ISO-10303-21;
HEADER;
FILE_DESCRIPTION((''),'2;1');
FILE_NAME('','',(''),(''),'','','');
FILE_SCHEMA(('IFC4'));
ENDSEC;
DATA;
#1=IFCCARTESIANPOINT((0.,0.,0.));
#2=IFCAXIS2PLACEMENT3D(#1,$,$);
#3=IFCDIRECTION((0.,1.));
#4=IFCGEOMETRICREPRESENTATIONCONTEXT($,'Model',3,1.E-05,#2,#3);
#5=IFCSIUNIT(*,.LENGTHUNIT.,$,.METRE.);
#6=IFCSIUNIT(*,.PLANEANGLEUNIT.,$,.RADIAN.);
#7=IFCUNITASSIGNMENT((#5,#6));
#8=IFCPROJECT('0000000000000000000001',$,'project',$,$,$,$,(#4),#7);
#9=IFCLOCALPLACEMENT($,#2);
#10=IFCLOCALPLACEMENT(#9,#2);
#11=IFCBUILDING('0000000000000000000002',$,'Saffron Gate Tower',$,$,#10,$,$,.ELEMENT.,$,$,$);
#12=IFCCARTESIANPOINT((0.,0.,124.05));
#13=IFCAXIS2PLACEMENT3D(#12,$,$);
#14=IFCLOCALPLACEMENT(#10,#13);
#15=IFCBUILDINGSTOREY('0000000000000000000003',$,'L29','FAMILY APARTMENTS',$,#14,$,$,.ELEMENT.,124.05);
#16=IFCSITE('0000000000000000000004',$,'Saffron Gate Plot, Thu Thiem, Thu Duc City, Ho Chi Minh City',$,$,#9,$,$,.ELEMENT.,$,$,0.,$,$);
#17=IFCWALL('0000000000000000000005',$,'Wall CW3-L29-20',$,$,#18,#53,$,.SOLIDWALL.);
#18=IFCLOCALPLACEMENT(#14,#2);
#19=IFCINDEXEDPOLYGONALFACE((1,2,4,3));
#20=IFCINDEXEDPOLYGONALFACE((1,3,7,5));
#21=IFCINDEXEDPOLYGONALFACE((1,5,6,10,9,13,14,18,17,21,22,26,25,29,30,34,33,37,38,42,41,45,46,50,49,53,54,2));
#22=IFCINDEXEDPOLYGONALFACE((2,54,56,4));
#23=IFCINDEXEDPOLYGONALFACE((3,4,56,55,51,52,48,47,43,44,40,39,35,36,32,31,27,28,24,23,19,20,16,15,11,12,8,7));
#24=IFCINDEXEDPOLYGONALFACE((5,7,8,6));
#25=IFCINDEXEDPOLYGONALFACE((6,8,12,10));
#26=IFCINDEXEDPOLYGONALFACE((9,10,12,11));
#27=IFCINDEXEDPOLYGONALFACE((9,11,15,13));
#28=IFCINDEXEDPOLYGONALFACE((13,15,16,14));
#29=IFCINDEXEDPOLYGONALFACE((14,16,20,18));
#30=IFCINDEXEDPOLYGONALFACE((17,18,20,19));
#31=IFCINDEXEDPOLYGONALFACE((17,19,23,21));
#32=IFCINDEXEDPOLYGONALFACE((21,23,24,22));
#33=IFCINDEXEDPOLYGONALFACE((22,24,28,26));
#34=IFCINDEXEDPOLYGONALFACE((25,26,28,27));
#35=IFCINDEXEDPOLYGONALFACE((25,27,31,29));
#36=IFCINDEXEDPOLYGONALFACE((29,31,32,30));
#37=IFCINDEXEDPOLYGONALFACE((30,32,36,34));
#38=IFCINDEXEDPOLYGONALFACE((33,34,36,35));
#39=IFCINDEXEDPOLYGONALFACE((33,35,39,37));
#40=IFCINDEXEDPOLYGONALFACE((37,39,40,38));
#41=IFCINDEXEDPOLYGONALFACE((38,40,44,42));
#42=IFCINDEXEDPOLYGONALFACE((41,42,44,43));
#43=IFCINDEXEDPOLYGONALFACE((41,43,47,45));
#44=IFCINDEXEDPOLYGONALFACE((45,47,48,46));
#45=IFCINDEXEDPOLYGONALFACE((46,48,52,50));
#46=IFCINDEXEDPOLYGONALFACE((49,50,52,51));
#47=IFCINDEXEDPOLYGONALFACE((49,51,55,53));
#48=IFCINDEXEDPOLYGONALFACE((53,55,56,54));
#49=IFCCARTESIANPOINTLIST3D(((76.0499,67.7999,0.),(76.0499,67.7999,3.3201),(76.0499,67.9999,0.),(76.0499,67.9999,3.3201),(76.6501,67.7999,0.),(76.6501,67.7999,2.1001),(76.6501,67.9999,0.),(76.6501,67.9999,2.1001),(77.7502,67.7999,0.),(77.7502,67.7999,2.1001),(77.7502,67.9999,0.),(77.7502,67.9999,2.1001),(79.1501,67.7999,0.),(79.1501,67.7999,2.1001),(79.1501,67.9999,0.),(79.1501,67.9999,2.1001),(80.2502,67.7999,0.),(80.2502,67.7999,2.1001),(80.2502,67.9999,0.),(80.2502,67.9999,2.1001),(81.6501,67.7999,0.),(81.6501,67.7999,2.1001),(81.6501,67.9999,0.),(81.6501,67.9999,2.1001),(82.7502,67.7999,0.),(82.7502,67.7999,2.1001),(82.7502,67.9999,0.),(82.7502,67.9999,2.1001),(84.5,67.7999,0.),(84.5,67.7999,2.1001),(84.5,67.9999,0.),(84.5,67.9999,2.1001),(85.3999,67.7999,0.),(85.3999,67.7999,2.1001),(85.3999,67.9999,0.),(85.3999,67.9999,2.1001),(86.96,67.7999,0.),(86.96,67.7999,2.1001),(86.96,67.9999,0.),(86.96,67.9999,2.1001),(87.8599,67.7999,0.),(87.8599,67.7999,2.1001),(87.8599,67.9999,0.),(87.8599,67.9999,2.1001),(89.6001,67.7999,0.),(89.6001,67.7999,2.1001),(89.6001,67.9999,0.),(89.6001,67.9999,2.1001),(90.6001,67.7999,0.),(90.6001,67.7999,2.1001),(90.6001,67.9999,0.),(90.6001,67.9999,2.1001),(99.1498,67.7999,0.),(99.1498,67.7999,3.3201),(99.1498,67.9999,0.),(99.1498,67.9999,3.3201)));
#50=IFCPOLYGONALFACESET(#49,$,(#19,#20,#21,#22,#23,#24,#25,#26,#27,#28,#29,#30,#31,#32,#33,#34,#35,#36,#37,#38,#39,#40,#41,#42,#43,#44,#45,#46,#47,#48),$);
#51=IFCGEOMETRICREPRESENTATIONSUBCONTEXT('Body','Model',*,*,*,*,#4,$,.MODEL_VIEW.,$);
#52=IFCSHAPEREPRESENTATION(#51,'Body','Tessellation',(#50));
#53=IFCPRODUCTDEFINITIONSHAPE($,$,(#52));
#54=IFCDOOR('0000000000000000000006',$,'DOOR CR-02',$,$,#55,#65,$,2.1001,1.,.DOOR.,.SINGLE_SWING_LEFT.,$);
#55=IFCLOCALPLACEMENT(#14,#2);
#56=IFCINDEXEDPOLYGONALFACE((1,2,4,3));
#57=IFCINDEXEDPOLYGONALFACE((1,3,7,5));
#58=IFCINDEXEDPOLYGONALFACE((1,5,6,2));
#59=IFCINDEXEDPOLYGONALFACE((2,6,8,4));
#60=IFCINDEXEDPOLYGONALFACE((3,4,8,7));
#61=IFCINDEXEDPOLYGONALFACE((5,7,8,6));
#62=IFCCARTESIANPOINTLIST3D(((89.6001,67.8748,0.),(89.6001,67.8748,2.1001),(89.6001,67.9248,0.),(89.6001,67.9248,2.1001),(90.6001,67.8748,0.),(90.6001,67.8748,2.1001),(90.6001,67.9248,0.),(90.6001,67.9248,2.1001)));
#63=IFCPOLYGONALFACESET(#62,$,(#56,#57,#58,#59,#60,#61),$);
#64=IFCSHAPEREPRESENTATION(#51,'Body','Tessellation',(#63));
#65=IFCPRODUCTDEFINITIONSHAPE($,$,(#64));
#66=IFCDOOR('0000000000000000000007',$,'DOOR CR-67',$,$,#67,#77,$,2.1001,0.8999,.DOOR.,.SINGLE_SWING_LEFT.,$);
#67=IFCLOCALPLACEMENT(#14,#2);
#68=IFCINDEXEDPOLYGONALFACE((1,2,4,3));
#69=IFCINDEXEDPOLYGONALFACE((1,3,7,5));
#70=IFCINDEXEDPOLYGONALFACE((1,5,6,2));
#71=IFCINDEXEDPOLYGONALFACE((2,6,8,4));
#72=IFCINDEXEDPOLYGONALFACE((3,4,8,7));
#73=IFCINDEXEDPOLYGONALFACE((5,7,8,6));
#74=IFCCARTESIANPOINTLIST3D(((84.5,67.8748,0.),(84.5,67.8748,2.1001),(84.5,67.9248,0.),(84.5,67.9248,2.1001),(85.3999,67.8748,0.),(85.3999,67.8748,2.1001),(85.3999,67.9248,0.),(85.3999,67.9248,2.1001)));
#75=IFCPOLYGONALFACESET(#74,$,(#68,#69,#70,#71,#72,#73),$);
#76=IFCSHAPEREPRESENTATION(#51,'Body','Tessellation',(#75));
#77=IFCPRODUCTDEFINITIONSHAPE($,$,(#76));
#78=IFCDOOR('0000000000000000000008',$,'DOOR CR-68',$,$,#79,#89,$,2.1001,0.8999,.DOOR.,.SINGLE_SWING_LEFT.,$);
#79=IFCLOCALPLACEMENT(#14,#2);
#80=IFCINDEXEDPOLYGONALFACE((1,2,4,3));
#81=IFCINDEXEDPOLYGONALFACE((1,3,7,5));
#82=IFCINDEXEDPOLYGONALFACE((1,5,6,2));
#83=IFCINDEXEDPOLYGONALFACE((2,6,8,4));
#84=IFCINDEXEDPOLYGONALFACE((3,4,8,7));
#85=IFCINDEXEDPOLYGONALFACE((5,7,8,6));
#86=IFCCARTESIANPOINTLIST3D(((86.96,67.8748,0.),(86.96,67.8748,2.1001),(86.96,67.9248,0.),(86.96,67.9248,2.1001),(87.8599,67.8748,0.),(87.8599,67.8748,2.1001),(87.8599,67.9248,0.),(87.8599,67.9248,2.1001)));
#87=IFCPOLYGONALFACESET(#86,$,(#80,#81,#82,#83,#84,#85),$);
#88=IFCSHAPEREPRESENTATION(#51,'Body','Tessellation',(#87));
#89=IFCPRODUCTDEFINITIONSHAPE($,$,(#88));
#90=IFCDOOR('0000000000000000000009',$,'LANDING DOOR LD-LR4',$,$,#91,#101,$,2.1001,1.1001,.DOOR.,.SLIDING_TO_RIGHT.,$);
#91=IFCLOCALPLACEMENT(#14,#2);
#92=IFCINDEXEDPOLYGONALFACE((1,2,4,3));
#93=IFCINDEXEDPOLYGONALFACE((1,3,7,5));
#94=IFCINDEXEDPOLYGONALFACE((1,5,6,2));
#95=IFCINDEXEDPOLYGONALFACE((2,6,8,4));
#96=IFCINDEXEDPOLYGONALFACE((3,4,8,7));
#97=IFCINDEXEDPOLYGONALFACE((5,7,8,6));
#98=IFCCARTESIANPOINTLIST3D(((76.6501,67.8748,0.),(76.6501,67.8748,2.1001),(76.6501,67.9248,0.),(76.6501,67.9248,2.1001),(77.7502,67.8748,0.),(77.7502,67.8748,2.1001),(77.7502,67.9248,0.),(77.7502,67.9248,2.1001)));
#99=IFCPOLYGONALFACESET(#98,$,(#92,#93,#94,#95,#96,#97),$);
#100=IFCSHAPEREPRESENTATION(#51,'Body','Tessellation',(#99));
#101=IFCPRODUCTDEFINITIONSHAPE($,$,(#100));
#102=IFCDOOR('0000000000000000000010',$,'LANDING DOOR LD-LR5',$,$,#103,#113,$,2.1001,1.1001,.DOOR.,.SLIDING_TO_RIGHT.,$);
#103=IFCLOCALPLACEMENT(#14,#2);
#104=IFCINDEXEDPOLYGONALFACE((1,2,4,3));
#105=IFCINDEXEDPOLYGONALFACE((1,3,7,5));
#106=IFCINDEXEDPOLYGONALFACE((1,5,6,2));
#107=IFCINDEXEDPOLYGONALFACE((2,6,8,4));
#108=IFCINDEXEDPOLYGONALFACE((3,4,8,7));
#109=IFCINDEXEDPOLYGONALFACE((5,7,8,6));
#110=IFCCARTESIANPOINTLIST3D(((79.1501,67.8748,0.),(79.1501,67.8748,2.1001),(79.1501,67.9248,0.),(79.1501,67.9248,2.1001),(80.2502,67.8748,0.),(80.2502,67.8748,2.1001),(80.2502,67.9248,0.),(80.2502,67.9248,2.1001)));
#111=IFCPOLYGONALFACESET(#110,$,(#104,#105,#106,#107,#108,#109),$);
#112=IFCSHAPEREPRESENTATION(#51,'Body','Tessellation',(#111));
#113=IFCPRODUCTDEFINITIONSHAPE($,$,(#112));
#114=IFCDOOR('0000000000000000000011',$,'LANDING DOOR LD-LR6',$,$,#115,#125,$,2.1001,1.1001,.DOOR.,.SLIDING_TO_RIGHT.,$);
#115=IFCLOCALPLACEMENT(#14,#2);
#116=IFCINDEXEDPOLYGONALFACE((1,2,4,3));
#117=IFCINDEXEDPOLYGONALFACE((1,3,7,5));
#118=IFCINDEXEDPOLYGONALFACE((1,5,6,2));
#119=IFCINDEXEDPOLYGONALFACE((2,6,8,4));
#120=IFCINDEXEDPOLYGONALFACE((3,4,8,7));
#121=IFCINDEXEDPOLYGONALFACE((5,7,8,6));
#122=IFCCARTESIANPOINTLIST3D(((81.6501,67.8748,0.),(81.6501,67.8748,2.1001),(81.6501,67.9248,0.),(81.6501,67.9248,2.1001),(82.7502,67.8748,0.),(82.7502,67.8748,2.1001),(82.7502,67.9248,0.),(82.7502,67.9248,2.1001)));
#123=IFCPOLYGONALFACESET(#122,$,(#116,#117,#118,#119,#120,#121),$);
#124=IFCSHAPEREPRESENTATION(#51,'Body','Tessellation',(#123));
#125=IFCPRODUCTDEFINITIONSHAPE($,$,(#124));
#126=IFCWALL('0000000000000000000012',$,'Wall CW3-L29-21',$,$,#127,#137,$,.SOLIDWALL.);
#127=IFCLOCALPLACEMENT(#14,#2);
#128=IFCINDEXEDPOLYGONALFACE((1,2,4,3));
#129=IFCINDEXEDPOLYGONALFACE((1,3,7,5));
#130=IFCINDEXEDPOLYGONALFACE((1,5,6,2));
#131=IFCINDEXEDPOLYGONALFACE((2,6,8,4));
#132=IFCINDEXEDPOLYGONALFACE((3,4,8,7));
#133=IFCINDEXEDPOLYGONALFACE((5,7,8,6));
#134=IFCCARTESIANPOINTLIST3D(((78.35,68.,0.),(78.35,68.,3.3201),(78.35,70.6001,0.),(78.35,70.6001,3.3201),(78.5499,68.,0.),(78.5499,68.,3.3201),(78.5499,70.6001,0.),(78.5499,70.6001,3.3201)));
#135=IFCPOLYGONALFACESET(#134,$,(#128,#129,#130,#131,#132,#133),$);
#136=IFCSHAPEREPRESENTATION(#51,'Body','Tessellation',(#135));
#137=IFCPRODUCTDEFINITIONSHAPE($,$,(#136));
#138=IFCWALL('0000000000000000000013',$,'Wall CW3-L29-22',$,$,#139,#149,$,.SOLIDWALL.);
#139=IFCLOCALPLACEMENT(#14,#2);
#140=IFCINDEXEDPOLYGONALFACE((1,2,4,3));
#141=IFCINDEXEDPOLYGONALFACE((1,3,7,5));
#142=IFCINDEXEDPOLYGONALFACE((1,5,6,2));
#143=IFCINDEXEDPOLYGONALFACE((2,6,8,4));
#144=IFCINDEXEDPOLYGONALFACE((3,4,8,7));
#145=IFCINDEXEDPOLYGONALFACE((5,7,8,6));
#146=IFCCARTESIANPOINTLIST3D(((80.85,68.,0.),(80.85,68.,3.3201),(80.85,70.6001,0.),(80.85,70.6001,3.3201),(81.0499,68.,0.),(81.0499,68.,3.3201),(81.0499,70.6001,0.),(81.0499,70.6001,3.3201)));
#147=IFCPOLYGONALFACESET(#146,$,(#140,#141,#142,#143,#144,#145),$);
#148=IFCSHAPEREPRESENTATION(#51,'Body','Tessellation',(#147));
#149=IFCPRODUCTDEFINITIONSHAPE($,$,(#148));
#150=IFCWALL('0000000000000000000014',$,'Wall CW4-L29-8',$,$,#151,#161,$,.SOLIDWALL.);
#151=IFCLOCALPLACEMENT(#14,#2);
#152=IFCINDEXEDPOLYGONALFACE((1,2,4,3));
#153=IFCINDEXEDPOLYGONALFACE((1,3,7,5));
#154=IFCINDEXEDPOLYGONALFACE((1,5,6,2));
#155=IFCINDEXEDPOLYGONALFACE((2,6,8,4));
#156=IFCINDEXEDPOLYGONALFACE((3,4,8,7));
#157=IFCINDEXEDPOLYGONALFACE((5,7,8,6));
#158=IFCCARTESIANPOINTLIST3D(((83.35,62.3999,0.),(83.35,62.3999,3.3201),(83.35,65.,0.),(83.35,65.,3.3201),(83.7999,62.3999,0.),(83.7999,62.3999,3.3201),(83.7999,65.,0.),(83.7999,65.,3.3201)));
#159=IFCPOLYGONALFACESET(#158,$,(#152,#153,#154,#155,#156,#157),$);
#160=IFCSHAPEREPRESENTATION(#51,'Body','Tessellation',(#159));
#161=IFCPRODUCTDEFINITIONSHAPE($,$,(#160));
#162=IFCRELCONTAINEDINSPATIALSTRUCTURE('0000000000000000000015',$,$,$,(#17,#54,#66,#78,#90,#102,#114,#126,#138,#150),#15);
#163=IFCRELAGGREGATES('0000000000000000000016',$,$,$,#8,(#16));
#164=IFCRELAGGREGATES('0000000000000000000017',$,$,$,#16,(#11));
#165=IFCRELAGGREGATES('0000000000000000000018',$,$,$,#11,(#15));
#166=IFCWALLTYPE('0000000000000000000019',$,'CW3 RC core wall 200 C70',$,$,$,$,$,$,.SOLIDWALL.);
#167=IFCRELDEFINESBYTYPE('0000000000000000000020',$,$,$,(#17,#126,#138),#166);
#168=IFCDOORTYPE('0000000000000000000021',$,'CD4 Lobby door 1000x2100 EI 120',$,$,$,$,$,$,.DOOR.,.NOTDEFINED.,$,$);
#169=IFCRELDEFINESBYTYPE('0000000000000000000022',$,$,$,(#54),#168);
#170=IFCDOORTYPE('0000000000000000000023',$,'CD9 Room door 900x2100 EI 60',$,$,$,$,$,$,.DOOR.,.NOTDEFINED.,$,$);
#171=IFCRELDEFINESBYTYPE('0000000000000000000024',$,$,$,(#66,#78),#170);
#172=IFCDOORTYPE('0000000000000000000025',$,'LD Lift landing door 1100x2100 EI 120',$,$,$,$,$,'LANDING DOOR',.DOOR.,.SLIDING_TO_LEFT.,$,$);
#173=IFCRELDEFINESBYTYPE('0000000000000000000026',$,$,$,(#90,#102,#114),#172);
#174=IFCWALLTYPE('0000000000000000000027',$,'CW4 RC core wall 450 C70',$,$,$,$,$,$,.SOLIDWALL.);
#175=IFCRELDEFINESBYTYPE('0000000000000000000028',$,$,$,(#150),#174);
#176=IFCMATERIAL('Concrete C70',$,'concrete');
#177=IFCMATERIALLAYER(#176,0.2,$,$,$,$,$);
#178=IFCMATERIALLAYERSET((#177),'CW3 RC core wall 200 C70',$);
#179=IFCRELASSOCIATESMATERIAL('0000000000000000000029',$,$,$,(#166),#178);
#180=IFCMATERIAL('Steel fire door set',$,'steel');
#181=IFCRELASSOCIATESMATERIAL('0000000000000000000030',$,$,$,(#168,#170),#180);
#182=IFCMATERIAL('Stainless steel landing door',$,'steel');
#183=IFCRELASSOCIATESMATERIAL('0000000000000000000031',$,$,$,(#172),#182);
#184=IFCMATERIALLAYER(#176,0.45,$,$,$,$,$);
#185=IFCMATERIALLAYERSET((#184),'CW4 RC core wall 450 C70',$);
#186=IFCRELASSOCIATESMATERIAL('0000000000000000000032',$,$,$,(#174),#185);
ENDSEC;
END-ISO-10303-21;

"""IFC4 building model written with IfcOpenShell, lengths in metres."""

from ifc_helpers import new_model, si_unit, direction, frame, frame_2d, origin, place, context, subcontext, project, spatial, rectangle, extrude, material, layer, layer_set, type_object, element, fill, save


model = new_model("IFC4")

# Units and contexts
model_context = context("Model", 3, precision=1e-05, world=origin(), true_north=direction((0.0, 1.0)))
body_context = subcontext(model_context, "Body", "Model", "MODEL_VIEW")
ifc_project = project(units=[si_unit("LENGTHUNIT", "METRE"), si_unit("PLANEANGLEUNIT", "RADIAN")], contexts=[model_context])

# Site, building, storey
site_placement = place(None, origin())
site = spatial("IfcSite", under=ifc_project, at=site_placement, Name="Saffron Gate Plot, Thu Thiem, Thu Duc City, Ho Chi Minh City", CompositionType="ELEMENT", RefElevation=0.0)
building_placement = place(site_placement, origin())
building = spatial("IfcBuilding", under=site, at=building_placement, Name="Saffron Gate Tower", CompositionType="ELEMENT")
storey_placement = place(building_placement, frame((0.0, 0.0, 124.05)))
storey = spatial("IfcBuildingStorey", under=building, at=storey_placement, Name="L29", Description="FAMILY APARTMENTS", CompositionType="ELEMENT", Elevation=124.05)

# Shared definitions
ifc_material_1 = material(Name="Concrete C70", Category="concrete")
ifc_layer_1 = layer(ifc_material_1, 0.2)
ifc_layer_set_1 = layer_set([ifc_layer_1], Name="CW3 RC core wall 200 C70")
wall_type_1 = type_object("IfcWallType", Name="CW3 RC core wall 200 C70", PredefinedType="SOLIDWALL", material=ifc_layer_set_1)

# Wall, openings, doors
wall_1_placement = place(storey_placement, frame((76.05, 67.8999, 0.0), z_axis=(0.0, 0.0, 1.0), x_axis=(1.0, 0.0, 0.0)))
wall_1 = element("IfcWall", 1, at=wall_1_placement, inside=storey, type_object=wall_type_1, Name="Wall CW3-L29-20", PredefinedType="SOLIDWALL", context=body_context, shape_type="SweptSolid", body=[
    extrude(rectangle(XDim=23.0999, YDim=0.2, at=frame_2d((11.5498, 0.0))), origin(), (0.0, 0.0, 1.0), 3.3201),
])
opening_1_placement = place(wall_1_placement, frame((0.6001, 0.0, 0.0)))
opening_1 = element("IfcOpeningElement", 2, at=opening_1_placement, cuts=wall_1, PredefinedType="OPENING", context=body_context, shape_type="SweptSolid", body=[
    extrude(rectangle(XDim=1.1001, YDim=2.1001, at=frame_2d((0.55, 1.05))), frame((0.0, 0.1099, 0.0), z_axis=(0.0, -1.0, 0.0), x_axis=(1.0, 0.0, 0.0)), (0.0, 0.0, 1.0), 0.22),
])
opening_2_placement = place(wall_1_placement, frame((3.1001, 0.0, 0.0)))
opening_2 = element("IfcOpeningElement", 3, at=opening_2_placement, cuts=wall_1, PredefinedType="OPENING", context=body_context, shape_type="SweptSolid", body=[
    extrude(rectangle(XDim=1.1001, YDim=2.1001, at=frame_2d((0.55, 1.05))), frame((0.0, 0.1099, 0.0), z_axis=(0.0, -1.0, 0.0), x_axis=(1.0, 0.0, 0.0)), (0.0, 0.0, 1.0), 0.22),
])
opening_3_placement = place(wall_1_placement, frame((5.6001, 0.0, 0.0)))
opening_3 = element("IfcOpeningElement", 4, at=opening_3_placement, cuts=wall_1, PredefinedType="OPENING", context=body_context, shape_type="SweptSolid", body=[
    extrude(rectangle(XDim=1.1001, YDim=2.1001, at=frame_2d((0.55, 1.05))), frame((0.0, 0.1099, 0.0), z_axis=(0.0, -1.0, 0.0), x_axis=(1.0, 0.0, 0.0)), (0.0, 0.0, 1.0), 0.22),
])
opening_4_placement = place(wall_1_placement, frame((8.45, 0.0, 0.0)))
opening_4 = element("IfcOpeningElement", 5, at=opening_4_placement, cuts=wall_1, PredefinedType="OPENING", context=body_context, shape_type="SweptSolid", body=[
    extrude(rectangle(XDim=0.8999, YDim=2.1001, at=frame_2d((0.45, 1.05))), frame((0.0, 0.1099, 0.0), z_axis=(0.0, -1.0, 0.0), x_axis=(1.0, 0.0, 0.0)), (0.0, 0.0, 1.0), 0.22),
])
opening_5_placement = place(wall_1_placement, frame((10.9099, 0.0, 0.0)))
opening_5 = element("IfcOpeningElement", 6, at=opening_5_placement, cuts=wall_1, PredefinedType="OPENING", context=body_context, shape_type="SweptSolid", body=[
    extrude(rectangle(XDim=0.8999, YDim=2.1001, at=frame_2d((0.45, 1.05))), frame((0.0, 0.1099, 0.0), z_axis=(0.0, -1.0, 0.0), x_axis=(1.0, 0.0, 0.0)), (0.0, 0.0, 1.0), 0.22),
])
opening_6_placement = place(wall_1_placement, frame((13.55, 0.0, 0.0)))
opening_6 = element("IfcOpeningElement", 7, at=opening_6_placement, cuts=wall_1, PredefinedType="OPENING", context=body_context, shape_type="SweptSolid", body=[
    extrude(rectangle(XDim=1.0, YDim=2.1001, at=frame_2d((0.5, 1.05))), frame((0.0, 0.1099, 0.0), z_axis=(0.0, -1.0, 0.0), x_axis=(1.0, 0.0, 0.0)), (0.0, 0.0, 1.0), 0.22),
])
ifc_material_2 = material(Name="Steel fire door set", Category="steel")
door_type_1 = type_object("IfcDoorType", Name="CD4 Lobby door 1000x2100 EI 120", OperationType="NOTDEFINED", PredefinedType="DOOR", material=ifc_material_2)
door_1_placement = place(opening_6_placement, origin())
door_1 = element("IfcDoor", 8, at=door_1_placement, inside=storey, type_object=door_type_1, Name="DOOR CR-02", OperationType="SINGLE_SWING_LEFT", OverallHeight=2.1001, OverallWidth=1.0, PredefinedType="DOOR", context=body_context, shape_type="SweptSolid", body=[
    extrude(rectangle(XDim=1.0, YDim=2.1001, at=frame_2d((0.5, 1.05))), frame((0.0, 0.0249, 0.0), z_axis=(0.0, -1.0, 0.0), x_axis=(1.0, 0.0, 0.0)), (0.0, 0.0, 1.0), 0.05),
])
fill(opening_6, door_1)
door_type_2 = type_object("IfcDoorType", Name="CD9 Room door 900x2100 EI 60", OperationType="NOTDEFINED", PredefinedType="DOOR", material=ifc_material_2)
door_2_placement = place(opening_4_placement, origin())
door_2 = element("IfcDoor", 9, at=door_2_placement, inside=storey, type_object=door_type_2, Name="DOOR CR-67", OperationType="SINGLE_SWING_LEFT", OverallHeight=2.1001, OverallWidth=0.8999, PredefinedType="DOOR", context=body_context, shape_type="SweptSolid", body=[
    extrude(rectangle(XDim=0.8999, YDim=2.1001, at=frame_2d((0.45, 1.05))), frame((0.0, 0.0249, 0.0), z_axis=(0.0, -1.0, 0.0), x_axis=(1.0, 0.0, 0.0)), (0.0, 0.0, 1.0), 0.05),
])
fill(opening_4, door_2)
door_3_placement = place(opening_5_placement, origin())
door_3 = element("IfcDoor", 10, at=door_3_placement, inside=storey, type_object=door_type_2, Name="DOOR CR-68", OperationType="SINGLE_SWING_LEFT", OverallHeight=2.1001, OverallWidth=0.8999, PredefinedType="DOOR", context=body_context, shape_type="SweptSolid", body=[
    extrude(rectangle(XDim=0.8999, YDim=2.1001, at=frame_2d((0.45, 1.05))), frame((0.0, 0.0249, 0.0), z_axis=(0.0, -1.0, 0.0), x_axis=(1.0, 0.0, 0.0)), (0.0, 0.0, 1.0), 0.05),
])
fill(opening_5, door_3)
ifc_material_3 = material(Name="Stainless steel landing door", Category="steel")
door_type_3 = type_object("IfcDoorType", Name="LD Lift landing door 1100x2100 EI 120", ElementType="LANDING DOOR", OperationType="SLIDING_TO_LEFT", PredefinedType="DOOR", material=ifc_material_3)
door_4_placement = place(opening_1_placement, origin())
door_4 = element("IfcDoor", 11, at=door_4_placement, inside=storey, type_object=door_type_3, Name="LANDING DOOR LD-LR4", OperationType="SLIDING_TO_RIGHT", OverallHeight=2.1001, OverallWidth=1.1001, PredefinedType="DOOR", context=body_context, shape_type="SweptSolid", body=[
    extrude(rectangle(XDim=1.1001, YDim=2.1001, at=frame_2d((0.55, 1.05))), frame((0.0, 0.0249, 0.0), z_axis=(0.0, -1.0, 0.0), x_axis=(1.0, 0.0, 0.0)), (0.0, 0.0, 1.0), 0.05),
])
fill(opening_1, door_4)
door_5_placement = place(opening_2_placement, origin())
door_5 = element("IfcDoor", 12, at=door_5_placement, inside=storey, type_object=door_type_3, Name="LANDING DOOR LD-LR5", OperationType="SLIDING_TO_RIGHT", OverallHeight=2.1001, OverallWidth=1.1001, PredefinedType="DOOR", context=body_context, shape_type="SweptSolid", body=[
    extrude(rectangle(XDim=1.1001, YDim=2.1001, at=frame_2d((0.55, 1.05))), frame((0.0, 0.0249, 0.0), z_axis=(0.0, -1.0, 0.0), x_axis=(1.0, 0.0, 0.0)), (0.0, 0.0, 1.0), 0.05),
])
fill(opening_2, door_5)
door_6_placement = place(opening_3_placement, origin())
door_6 = element("IfcDoor", 13, at=door_6_placement, inside=storey, type_object=door_type_3, Name="LANDING DOOR LD-LR6", OperationType="SLIDING_TO_RIGHT", OverallHeight=2.1001, OverallWidth=1.1001, PredefinedType="DOOR", context=body_context, shape_type="SweptSolid", body=[
    extrude(rectangle(XDim=1.1001, YDim=2.1001, at=frame_2d((0.55, 1.05))), frame((0.0, 0.0249, 0.0), z_axis=(0.0, -1.0, 0.0), x_axis=(1.0, 0.0, 0.0)), (0.0, 0.0, 1.0), 0.05),
])
fill(opening_3, door_6)

# Walls
for number, where, z_axis, x_axis, name in (
    (14, (78.45, 68.0, 0.0), (0.0, 0.0, 1.0), (0.0, 1.0, 0.0), "Wall CW3-L29-21"),
    (15, (80.95, 68.0, 0.0), (0.0, 0.0, 1.0), (0.0, 1.0, 0.0), "Wall CW3-L29-22"),
):
    element("IfcWall", number, at=place(storey_placement, frame(where, z_axis=z_axis, x_axis=x_axis)), inside=storey, type_object=wall_type_1, Name=name, PredefinedType="SOLIDWALL", context=body_context, shape_type="SweptSolid", body=[
        extrude(rectangle(XDim=2.6001, YDim=0.2, at=frame_2d((1.3, 0.0))), origin(), (0.0, 0.0, 1.0), 3.3201),
    ])
ifc_layer_2 = layer(ifc_material_1, 0.45)
ifc_layer_set_2 = layer_set([ifc_layer_2], Name="CW4 RC core wall 450 C70")
wall_type_2 = type_object("IfcWallType", Name="CW4 RC core wall 450 C70", PredefinedType="SOLIDWALL", material=ifc_layer_set_2)
wall_2_placement = place(storey_placement, frame((83.575, 62.3999, 0.0), z_axis=(0.0, 0.0, 1.0), x_axis=(0.0, 1.0, 0.0)))
element("IfcWall", 16, at=wall_2_placement, inside=storey, type_object=wall_type_2, Name="Wall CW4-L29-8", PredefinedType="SOLIDWALL", context=body_context, shape_type="SweptSolid", body=[
    extrude(rectangle(XDim=2.6001, YDim=0.45, at=frame_2d((1.3, 0.0))), origin(), (0.0, 0.0, 1.0), 3.3201),
])

save(model, "model.ifc")
